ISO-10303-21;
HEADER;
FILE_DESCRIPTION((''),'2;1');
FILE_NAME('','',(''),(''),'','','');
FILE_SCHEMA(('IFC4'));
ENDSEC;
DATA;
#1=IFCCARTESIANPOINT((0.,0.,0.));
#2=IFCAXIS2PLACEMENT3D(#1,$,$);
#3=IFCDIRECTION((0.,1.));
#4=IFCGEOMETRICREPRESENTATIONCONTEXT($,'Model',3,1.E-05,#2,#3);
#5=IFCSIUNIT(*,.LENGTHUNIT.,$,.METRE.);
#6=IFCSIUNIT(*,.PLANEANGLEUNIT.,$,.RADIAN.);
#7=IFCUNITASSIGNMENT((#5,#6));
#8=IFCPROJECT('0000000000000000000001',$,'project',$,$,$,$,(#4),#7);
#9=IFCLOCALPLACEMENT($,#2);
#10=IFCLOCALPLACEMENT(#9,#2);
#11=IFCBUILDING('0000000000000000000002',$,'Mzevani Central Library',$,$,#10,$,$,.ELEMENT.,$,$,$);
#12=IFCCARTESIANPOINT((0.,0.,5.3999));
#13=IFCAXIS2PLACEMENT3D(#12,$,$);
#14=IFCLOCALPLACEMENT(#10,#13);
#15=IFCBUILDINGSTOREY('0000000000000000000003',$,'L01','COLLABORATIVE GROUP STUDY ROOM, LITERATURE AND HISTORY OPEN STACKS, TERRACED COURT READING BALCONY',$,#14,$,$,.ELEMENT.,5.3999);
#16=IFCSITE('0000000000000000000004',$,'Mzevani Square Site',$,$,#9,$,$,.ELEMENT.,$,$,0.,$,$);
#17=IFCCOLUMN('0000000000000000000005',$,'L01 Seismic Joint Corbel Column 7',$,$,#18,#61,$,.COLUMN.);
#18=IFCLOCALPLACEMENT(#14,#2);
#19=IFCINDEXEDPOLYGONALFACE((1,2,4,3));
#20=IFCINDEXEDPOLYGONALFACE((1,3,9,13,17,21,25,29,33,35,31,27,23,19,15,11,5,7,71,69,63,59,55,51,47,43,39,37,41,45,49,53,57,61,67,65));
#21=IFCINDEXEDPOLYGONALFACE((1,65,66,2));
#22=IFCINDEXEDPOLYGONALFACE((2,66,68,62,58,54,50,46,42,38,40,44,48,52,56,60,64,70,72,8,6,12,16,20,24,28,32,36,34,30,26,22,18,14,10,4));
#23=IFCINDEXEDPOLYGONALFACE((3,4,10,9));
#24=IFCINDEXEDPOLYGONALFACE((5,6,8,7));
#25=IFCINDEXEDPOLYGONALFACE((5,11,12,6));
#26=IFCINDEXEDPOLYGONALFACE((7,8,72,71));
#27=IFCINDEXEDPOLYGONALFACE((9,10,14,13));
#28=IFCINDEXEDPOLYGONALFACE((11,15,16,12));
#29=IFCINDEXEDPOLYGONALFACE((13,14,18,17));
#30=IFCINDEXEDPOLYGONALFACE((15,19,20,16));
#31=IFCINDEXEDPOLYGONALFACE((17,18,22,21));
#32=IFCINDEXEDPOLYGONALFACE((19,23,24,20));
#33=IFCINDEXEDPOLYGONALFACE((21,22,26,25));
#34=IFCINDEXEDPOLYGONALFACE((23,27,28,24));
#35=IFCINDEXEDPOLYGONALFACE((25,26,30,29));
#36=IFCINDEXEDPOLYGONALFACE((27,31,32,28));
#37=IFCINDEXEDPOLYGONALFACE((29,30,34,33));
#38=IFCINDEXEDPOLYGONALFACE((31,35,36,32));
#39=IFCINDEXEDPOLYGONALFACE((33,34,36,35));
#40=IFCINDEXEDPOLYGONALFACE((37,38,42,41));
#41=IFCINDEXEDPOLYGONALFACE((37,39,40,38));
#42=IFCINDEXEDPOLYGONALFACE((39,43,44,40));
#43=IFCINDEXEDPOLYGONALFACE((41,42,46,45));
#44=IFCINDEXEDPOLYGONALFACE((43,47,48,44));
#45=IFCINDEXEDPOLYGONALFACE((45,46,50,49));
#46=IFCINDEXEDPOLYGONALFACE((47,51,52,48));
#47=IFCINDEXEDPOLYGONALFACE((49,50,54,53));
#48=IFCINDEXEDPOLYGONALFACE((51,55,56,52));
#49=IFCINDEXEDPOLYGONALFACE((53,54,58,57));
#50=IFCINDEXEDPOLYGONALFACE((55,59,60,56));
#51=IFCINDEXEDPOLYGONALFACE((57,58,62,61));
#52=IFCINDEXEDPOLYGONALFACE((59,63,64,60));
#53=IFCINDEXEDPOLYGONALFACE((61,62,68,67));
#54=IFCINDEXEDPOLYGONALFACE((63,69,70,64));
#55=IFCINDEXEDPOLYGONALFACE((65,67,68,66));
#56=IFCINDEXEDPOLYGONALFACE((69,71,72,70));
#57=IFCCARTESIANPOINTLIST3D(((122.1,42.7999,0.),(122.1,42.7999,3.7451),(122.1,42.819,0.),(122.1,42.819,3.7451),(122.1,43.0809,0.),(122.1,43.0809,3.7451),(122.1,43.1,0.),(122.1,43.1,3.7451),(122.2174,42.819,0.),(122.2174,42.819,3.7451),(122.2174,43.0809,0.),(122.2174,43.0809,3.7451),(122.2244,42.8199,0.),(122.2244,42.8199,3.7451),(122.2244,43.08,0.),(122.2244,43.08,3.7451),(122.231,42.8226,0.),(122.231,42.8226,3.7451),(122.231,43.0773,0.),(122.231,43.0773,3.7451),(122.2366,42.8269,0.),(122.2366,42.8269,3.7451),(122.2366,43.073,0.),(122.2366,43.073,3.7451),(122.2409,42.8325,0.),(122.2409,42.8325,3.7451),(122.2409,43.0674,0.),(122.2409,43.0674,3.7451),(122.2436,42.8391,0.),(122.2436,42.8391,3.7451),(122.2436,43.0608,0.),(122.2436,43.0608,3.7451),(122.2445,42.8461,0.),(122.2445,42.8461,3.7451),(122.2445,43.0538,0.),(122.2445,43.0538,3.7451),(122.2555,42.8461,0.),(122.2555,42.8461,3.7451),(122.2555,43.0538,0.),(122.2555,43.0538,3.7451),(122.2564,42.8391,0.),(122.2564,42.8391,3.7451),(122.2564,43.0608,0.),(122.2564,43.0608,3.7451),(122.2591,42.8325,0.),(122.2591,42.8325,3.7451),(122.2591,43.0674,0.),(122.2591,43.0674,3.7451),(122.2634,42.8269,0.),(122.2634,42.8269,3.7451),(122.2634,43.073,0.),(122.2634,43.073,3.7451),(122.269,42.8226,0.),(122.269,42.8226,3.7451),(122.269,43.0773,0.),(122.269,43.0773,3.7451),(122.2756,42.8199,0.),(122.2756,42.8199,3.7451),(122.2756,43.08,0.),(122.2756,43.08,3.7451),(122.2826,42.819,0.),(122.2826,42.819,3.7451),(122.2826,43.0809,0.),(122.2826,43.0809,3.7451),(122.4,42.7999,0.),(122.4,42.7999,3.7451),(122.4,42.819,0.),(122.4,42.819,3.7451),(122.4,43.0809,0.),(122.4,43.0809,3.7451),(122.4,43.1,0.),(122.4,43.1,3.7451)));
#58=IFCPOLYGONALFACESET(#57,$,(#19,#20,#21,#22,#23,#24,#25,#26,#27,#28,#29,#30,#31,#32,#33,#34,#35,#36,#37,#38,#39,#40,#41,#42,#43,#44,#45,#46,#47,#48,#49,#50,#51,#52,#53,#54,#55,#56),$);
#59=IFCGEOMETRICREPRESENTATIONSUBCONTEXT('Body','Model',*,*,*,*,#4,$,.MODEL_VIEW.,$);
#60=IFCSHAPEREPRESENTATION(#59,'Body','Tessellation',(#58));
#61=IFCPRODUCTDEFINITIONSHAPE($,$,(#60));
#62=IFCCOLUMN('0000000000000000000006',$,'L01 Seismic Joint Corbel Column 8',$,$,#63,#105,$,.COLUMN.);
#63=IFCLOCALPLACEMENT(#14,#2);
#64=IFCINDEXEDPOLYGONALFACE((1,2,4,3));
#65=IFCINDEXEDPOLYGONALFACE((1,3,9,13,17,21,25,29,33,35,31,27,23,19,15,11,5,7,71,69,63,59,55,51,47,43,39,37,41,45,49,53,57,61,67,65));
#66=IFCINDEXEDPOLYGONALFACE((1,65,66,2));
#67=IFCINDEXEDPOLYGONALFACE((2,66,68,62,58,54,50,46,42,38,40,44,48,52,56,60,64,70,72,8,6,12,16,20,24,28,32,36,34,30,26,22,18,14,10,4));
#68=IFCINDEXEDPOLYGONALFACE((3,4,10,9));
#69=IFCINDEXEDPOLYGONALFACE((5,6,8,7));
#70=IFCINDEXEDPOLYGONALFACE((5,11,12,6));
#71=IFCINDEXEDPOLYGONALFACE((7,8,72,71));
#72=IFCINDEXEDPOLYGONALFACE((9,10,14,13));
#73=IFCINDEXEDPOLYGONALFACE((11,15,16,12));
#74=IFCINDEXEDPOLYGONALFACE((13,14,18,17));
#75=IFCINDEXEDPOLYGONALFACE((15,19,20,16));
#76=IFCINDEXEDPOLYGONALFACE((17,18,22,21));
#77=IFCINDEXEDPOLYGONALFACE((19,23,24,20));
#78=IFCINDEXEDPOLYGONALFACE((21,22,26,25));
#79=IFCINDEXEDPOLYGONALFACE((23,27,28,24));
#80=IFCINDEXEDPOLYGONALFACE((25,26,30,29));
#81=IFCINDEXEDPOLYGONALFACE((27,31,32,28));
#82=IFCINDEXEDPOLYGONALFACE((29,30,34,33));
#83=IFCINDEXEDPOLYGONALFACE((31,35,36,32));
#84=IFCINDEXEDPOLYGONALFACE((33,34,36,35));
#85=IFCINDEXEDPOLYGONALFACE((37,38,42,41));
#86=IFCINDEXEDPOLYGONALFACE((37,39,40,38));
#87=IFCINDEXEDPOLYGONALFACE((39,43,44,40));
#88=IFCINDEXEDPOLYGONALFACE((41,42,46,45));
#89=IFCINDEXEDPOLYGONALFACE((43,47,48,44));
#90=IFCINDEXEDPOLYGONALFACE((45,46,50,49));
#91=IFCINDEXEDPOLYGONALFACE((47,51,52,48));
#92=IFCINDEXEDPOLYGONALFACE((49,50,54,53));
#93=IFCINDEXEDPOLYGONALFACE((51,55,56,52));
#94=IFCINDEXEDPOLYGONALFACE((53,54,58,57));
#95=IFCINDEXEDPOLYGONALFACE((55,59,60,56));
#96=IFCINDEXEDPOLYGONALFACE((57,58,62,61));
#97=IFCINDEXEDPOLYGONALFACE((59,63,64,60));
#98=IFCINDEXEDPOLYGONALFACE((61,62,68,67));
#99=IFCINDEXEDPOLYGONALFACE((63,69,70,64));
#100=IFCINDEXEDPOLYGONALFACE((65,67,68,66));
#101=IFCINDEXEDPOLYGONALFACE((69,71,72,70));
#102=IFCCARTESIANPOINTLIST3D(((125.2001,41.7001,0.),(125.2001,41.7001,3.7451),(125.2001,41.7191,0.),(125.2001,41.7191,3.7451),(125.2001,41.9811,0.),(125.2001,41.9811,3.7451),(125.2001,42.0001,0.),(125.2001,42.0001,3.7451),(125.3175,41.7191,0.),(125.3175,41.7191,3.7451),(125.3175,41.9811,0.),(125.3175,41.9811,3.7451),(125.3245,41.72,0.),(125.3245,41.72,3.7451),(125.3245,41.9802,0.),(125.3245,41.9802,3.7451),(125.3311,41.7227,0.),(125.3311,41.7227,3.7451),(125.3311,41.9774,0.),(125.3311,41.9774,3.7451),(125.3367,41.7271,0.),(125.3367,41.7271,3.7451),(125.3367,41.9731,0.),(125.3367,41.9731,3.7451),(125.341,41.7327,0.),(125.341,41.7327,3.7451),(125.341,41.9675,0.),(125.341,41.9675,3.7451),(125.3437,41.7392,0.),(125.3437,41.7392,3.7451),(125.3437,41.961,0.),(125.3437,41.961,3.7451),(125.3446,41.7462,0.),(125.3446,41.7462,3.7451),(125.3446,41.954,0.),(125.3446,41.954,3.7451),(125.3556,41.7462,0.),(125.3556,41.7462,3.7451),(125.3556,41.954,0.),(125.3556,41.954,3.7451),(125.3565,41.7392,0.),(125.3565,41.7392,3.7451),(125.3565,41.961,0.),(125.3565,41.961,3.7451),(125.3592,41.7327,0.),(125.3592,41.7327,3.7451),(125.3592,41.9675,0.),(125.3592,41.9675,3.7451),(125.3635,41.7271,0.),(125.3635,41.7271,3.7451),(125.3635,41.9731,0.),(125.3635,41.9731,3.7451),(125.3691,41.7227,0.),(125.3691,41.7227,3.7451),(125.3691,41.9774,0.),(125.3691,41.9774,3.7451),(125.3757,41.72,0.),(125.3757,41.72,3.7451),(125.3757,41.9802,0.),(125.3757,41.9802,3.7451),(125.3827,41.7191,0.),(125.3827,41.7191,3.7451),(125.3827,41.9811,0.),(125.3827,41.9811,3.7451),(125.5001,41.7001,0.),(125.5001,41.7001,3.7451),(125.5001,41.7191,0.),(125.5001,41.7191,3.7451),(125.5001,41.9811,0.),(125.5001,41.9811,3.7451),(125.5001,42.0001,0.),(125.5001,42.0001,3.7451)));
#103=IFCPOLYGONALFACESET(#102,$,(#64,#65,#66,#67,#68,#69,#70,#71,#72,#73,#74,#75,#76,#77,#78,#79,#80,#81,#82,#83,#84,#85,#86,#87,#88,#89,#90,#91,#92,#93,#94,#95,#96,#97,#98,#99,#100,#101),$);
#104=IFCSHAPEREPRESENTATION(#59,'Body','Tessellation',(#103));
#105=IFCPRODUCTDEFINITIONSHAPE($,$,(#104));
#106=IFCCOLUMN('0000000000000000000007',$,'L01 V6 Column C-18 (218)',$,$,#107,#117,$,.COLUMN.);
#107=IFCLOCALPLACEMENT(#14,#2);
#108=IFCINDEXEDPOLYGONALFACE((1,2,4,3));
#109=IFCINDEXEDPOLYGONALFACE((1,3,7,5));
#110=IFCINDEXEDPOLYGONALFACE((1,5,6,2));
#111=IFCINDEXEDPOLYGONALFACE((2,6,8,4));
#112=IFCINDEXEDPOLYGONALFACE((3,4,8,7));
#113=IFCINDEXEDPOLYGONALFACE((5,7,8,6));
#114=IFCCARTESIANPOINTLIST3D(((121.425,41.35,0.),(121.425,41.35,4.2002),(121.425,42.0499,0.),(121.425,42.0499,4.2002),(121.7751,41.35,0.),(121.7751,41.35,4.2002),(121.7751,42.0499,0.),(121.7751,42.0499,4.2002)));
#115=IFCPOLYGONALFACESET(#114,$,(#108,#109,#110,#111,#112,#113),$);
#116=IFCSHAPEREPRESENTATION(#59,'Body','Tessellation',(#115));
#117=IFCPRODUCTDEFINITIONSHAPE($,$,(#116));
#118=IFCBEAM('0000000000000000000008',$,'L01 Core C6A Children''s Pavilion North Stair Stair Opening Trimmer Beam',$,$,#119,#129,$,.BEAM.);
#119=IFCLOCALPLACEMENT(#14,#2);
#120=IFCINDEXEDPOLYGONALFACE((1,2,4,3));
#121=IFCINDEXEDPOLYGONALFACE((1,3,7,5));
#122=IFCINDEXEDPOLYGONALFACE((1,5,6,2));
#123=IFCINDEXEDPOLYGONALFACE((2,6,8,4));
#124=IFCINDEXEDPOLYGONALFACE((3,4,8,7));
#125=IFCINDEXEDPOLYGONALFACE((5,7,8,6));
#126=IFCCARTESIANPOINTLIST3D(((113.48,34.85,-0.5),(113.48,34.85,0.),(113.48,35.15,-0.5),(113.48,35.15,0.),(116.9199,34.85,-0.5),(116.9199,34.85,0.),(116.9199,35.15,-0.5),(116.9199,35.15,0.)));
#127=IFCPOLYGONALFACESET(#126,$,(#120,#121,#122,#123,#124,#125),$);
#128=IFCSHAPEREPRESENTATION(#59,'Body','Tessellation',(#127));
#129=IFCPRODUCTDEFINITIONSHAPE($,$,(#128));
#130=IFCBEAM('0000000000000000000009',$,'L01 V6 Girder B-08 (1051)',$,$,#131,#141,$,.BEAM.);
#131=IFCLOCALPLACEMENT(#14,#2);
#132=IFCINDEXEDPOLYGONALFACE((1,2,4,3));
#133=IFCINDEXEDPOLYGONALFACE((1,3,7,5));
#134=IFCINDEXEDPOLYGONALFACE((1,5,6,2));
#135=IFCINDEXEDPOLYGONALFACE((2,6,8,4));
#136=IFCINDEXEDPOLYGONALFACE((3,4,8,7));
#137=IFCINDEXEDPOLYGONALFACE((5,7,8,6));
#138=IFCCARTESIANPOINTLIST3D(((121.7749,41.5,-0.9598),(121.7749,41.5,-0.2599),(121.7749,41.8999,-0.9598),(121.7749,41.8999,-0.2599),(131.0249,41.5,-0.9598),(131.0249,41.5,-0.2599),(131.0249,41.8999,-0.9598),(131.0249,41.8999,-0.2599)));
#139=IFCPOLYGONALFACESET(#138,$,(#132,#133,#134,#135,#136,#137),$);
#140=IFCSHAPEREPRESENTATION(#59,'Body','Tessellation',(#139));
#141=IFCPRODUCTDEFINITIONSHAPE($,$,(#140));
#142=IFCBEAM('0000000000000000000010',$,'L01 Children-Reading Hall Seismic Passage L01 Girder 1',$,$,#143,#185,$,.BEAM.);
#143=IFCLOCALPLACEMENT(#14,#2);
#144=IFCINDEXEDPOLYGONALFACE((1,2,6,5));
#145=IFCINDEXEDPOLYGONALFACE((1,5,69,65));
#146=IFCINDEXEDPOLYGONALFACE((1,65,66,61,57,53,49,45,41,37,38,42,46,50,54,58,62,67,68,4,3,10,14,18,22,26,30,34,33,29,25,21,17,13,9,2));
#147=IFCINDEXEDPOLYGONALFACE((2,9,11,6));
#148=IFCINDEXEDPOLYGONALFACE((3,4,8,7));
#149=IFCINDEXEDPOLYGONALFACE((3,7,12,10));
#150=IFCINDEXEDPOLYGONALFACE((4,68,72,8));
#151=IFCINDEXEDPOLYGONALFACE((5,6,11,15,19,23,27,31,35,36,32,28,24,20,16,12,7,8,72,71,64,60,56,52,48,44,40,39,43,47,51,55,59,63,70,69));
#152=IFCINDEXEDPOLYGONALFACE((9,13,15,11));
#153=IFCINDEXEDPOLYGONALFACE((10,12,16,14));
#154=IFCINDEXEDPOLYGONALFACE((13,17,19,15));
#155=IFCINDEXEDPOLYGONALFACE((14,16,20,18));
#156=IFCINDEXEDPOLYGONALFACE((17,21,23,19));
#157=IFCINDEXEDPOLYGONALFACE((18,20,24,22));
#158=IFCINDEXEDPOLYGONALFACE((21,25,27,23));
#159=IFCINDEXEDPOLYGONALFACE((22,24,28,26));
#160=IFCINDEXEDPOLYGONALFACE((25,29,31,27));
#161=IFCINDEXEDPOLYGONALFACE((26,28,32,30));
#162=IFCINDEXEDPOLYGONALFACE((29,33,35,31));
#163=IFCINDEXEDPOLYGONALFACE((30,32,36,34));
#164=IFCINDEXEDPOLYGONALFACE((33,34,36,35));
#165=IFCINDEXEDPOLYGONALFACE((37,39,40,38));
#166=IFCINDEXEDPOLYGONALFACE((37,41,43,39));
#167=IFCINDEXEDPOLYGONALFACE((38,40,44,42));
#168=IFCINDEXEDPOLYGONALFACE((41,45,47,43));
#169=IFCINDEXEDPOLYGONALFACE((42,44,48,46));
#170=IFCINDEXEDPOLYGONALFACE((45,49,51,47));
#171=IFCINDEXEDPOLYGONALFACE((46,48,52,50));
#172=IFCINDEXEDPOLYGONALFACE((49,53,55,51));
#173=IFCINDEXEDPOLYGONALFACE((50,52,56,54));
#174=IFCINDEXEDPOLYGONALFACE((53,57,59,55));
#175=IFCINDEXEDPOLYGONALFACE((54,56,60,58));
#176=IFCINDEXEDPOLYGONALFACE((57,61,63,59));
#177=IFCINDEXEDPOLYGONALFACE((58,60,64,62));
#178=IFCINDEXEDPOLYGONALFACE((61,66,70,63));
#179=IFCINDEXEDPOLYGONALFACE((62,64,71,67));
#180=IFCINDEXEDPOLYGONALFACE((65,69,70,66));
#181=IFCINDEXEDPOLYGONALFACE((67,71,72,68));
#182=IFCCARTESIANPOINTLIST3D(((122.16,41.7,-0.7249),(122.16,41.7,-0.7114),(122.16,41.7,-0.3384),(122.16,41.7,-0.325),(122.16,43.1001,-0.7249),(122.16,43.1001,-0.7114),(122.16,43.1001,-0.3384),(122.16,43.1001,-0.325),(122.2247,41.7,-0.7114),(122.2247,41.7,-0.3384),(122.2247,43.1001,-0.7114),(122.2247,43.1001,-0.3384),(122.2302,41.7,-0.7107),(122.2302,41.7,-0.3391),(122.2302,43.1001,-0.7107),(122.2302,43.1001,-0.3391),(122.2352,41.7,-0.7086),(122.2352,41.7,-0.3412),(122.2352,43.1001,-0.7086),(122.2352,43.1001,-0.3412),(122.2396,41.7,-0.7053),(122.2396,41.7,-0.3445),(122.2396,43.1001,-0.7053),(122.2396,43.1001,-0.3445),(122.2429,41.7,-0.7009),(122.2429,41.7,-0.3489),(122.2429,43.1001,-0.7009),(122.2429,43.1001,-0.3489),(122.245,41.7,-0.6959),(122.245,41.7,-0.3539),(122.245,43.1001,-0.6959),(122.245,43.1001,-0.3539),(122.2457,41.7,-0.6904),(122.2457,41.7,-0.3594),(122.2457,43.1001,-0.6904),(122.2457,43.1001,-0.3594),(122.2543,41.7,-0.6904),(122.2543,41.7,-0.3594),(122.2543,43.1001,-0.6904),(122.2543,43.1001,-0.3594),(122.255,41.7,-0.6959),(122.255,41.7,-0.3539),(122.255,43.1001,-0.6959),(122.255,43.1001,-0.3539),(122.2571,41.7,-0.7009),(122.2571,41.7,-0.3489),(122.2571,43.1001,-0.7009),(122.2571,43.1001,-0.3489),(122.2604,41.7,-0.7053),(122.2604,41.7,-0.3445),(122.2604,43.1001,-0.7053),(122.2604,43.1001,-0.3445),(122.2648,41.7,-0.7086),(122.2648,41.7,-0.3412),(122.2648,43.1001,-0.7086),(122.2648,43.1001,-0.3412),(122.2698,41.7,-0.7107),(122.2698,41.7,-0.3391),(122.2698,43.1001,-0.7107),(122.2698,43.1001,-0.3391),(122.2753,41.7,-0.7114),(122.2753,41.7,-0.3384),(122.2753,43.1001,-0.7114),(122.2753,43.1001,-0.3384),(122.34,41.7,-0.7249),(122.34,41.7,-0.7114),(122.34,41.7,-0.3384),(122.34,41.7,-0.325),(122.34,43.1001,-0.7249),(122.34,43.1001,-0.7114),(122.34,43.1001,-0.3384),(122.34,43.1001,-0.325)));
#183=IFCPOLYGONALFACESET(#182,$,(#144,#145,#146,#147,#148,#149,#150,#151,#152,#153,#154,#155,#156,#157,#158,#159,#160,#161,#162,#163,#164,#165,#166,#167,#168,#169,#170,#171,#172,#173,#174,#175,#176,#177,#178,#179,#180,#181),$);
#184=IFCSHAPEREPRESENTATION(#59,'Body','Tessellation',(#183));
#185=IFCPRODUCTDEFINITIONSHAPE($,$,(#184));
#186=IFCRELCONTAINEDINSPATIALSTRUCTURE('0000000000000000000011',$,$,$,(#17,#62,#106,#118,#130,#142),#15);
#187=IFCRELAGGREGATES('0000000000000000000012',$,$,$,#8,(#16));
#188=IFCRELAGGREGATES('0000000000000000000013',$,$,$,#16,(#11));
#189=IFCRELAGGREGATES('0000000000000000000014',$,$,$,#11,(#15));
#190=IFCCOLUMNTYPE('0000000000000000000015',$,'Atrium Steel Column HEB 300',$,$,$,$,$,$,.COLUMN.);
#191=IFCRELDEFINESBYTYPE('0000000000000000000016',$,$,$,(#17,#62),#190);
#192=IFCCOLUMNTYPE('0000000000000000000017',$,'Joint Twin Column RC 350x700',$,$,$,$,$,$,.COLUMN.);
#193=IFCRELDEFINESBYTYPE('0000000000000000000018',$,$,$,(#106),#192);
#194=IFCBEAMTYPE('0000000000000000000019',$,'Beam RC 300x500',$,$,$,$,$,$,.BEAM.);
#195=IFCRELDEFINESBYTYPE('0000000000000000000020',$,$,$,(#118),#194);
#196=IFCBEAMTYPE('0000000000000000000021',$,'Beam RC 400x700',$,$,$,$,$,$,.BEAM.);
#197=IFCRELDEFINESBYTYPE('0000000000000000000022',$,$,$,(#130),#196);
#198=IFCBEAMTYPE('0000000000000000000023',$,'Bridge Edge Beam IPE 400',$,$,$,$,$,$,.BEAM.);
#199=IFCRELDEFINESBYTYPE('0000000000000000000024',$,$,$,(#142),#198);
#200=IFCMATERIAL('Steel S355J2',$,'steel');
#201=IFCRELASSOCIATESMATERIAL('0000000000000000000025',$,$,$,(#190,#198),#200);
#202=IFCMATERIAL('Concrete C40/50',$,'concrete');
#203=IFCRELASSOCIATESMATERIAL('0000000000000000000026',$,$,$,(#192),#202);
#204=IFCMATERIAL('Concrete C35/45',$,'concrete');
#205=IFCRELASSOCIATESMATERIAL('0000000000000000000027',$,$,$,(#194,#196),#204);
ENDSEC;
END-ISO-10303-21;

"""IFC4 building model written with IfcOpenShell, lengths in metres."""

from ifc_helpers import new_model, si_unit, direction, frame, origin, origin_2d, place, context, subcontext, project, spatial, rectangle, i_section, extrude, material, material_profile, profile_set, type_object, element, save


model = new_model("IFC4")

# Units and contexts
model_context = context("Model", 3, precision=1e-05, world=origin(), true_north=direction((0.0, 1.0)))
body_context = subcontext(model_context, "Body", "Model", "MODEL_VIEW")
ifc_project = project(units=[si_unit("LENGTHUNIT", "METRE"), si_unit("PLANEANGLEUNIT", "RADIAN")], contexts=[model_context])

# Site, building, storey
site_placement = place(None, origin())
site = spatial("IfcSite", under=ifc_project, at=site_placement, Name="Mzevani Square Site", CompositionType="ELEMENT", RefElevation=0.0)
building_placement = place(site_placement, origin())
building = spatial("IfcBuilding", under=site, at=building_placement, Name="Mzevani Central Library", CompositionType="ELEMENT")
storey_placement = place(building_placement, frame((0.0, 0.0, 5.3999)))
storey = spatial("IfcBuildingStorey", under=building, at=storey_placement, Name="L01", Description="COLLABORATIVE GROUP STUDY ROOM, LITERATURE AND HISTORY OPEN STACKS, TERRACED COURT READING BALCONY", CompositionType="ELEMENT", Elevation=5.3999)

# Columns
ifc_material_1 = material(Name="Steel S355J2", Category="steel")
ifc_material_profile_1 = material_profile(ifc_material_1, i_section(OverallWidth=0.3, OverallDepth=0.3, WebThickness=0.011, FlangeThickness=0.019, FilletRadius=0.0271, at=origin_2d()), Name="HEB 300")
ifc_profile_set_1 = profile_set([ifc_material_profile_1], Name="Steel S355J2")
column_type_1 = type_object("IfcColumnType", Name="Atrium Steel Column HEB 300", PredefinedType="COLUMN", material=ifc_profile_set_1)
for number, where, z_axis, x_axis, name in (
    (1, (122.25, 42.95, 0.0), (0.0, 0.0, 1.0), (1.0, 0.0, 0.0), "L01 Seismic Joint Corbel Column 7"),
    (2, (125.3501, 41.8501, 0.0), (0.0, 0.0, 1.0), (1.0, 0.0, 0.0), "L01 Seismic Joint Corbel Column 8"),
):
    element("IfcColumn", number, at=place(storey_placement, frame(where, z_axis=z_axis, x_axis=x_axis)), inside=storey, type_object=column_type_1, Name=name, PredefinedType="COLUMN", context=body_context, shape_type="SweptSolid", body=[
        extrude(i_section(OverallWidth=0.3, OverallDepth=0.3, WebThickness=0.011, FlangeThickness=0.019, FilletRadius=0.0271, at=origin_2d()), origin(), (0.0, 0.0, 1.0), 3.7451),
    ])
ifc_material_2 = material(Name="Concrete C40/50", Category="concrete")
ifc_material_profile_2 = material_profile(ifc_material_2, rectangle(XDim=0.3501, YDim=0.7, at=origin_2d()), Name="RC 350x700")
ifc_profile_set_2 = profile_set([ifc_material_profile_2], Name="Concrete C40/50")
column_type_2 = type_object("IfcColumnType", Name="Joint Twin Column RC 350x700", PredefinedType="COLUMN", material=ifc_profile_set_2)
column_placement = place(storey_placement, frame((121.6001, 41.7, 0.0), z_axis=(0.0, 0.0, 1.0), x_axis=(1.0, 0.0, 0.0)))
element("IfcColumn", 3, at=column_placement, inside=storey, type_object=column_type_2, Name="L01 V6 Column C-18 (218)", PredefinedType="COLUMN", context=body_context, shape_type="SweptSolid", body=[
    extrude(rectangle(XDim=0.3501, YDim=0.7, at=origin_2d()), origin(), (0.0, 0.0, 1.0), 4.2002),
])

# Beams
ifc_material_3 = material(Name="Concrete C35/45", Category="concrete")
ifc_material_profile_3 = material_profile(ifc_material_3, rectangle(XDim=0.3, YDim=0.5, at=origin_2d()), Name="RC B300x500")
ifc_profile_set_3 = profile_set([ifc_material_profile_3], Name="Concrete C35/45")
beam_type_1 = type_object("IfcBeamType", Name="Beam RC 300x500", PredefinedType="BEAM", material=ifc_profile_set_3)
beam_1_placement = place(storey_placement, frame((113.48, 35.0, -0.25), z_axis=(1.0, 0.0, 0.0), x_axis=(0.0, 1.0, 0.0)))
element("IfcBeam", 4, at=beam_1_placement, inside=storey, type_object=beam_type_1, Name="L01 Core C6A Children's Pavilion North Stair Stair Opening Trimmer Beam", PredefinedType="BEAM", context=body_context, shape_type="SweptSolid", body=[
    extrude(rectangle(XDim=0.3, YDim=0.5, at=origin_2d()), origin(), (0.0, 0.0, 1.0), 3.4399),
])
ifc_material_profile_4 = material_profile(ifc_material_3, rectangle(XDim=0.3999, YDim=0.7, at=origin_2d()), Name="RC B400x700")
ifc_profile_set_4 = profile_set([ifc_material_profile_4], Name="Concrete C35/45")
beam_type_2 = type_object("IfcBeamType", Name="Beam RC 400x700", PredefinedType="BEAM", material=ifc_profile_set_4)
beam_2_placement = place(storey_placement, frame((121.7749, 41.7, -0.6099), z_axis=(1.0, 0.0, 0.0), x_axis=(0.0, 1.0, 0.0)))
element("IfcBeam", 5, at=beam_2_placement, inside=storey, type_object=beam_type_2, Name="L01 V6 Girder B-08 (1051)", PredefinedType="BEAM", context=body_context, shape_type="SweptSolid", body=[
    extrude(rectangle(XDim=0.3999, YDim=0.7, at=origin_2d()), origin(), (0.0, 0.0, 1.0), 9.25),
])
ifc_material_profile_5 = material_profile(ifc_material_1, i_section(OverallWidth=0.1799, OverallDepth=0.3999, WebThickness=0.0085, FlangeThickness=0.0134, FilletRadius=0.021, at=origin_2d()), Name="IPE 400")
ifc_profile_set_5 = profile_set([ifc_material_profile_5], Name="Steel S355J2")
beam_type_3 = type_object("IfcBeamType", Name="Bridge Edge Beam IPE 400", PredefinedType="BEAM", material=ifc_profile_set_5)
for number, where, z_axis, x_axis, name in (
    (6, (122.25, 41.7, -0.5249), (0.0, 1.0, 0.0), (-1.0, 0.0, 0.0), "L01 Children-Reading Hall Seismic Passage L01 Girder 1"),
):
    element("IfcBeam", number, at=place(storey_placement, frame(where, z_axis=z_axis, x_axis=x_axis)), inside=storey, type_object=beam_type_3, Name=name, PredefinedType="BEAM", context=body_context, shape_type="SweptSolid", body=[
        extrude(i_section(OverallWidth=0.1799, OverallDepth=0.3999, WebThickness=0.0085, FlangeThickness=0.0134, FilletRadius=0.021, at=origin_2d()), origin(), (0.0, 0.0, 1.0), 1.4001),
    ])

save(model, "model.ifc")
